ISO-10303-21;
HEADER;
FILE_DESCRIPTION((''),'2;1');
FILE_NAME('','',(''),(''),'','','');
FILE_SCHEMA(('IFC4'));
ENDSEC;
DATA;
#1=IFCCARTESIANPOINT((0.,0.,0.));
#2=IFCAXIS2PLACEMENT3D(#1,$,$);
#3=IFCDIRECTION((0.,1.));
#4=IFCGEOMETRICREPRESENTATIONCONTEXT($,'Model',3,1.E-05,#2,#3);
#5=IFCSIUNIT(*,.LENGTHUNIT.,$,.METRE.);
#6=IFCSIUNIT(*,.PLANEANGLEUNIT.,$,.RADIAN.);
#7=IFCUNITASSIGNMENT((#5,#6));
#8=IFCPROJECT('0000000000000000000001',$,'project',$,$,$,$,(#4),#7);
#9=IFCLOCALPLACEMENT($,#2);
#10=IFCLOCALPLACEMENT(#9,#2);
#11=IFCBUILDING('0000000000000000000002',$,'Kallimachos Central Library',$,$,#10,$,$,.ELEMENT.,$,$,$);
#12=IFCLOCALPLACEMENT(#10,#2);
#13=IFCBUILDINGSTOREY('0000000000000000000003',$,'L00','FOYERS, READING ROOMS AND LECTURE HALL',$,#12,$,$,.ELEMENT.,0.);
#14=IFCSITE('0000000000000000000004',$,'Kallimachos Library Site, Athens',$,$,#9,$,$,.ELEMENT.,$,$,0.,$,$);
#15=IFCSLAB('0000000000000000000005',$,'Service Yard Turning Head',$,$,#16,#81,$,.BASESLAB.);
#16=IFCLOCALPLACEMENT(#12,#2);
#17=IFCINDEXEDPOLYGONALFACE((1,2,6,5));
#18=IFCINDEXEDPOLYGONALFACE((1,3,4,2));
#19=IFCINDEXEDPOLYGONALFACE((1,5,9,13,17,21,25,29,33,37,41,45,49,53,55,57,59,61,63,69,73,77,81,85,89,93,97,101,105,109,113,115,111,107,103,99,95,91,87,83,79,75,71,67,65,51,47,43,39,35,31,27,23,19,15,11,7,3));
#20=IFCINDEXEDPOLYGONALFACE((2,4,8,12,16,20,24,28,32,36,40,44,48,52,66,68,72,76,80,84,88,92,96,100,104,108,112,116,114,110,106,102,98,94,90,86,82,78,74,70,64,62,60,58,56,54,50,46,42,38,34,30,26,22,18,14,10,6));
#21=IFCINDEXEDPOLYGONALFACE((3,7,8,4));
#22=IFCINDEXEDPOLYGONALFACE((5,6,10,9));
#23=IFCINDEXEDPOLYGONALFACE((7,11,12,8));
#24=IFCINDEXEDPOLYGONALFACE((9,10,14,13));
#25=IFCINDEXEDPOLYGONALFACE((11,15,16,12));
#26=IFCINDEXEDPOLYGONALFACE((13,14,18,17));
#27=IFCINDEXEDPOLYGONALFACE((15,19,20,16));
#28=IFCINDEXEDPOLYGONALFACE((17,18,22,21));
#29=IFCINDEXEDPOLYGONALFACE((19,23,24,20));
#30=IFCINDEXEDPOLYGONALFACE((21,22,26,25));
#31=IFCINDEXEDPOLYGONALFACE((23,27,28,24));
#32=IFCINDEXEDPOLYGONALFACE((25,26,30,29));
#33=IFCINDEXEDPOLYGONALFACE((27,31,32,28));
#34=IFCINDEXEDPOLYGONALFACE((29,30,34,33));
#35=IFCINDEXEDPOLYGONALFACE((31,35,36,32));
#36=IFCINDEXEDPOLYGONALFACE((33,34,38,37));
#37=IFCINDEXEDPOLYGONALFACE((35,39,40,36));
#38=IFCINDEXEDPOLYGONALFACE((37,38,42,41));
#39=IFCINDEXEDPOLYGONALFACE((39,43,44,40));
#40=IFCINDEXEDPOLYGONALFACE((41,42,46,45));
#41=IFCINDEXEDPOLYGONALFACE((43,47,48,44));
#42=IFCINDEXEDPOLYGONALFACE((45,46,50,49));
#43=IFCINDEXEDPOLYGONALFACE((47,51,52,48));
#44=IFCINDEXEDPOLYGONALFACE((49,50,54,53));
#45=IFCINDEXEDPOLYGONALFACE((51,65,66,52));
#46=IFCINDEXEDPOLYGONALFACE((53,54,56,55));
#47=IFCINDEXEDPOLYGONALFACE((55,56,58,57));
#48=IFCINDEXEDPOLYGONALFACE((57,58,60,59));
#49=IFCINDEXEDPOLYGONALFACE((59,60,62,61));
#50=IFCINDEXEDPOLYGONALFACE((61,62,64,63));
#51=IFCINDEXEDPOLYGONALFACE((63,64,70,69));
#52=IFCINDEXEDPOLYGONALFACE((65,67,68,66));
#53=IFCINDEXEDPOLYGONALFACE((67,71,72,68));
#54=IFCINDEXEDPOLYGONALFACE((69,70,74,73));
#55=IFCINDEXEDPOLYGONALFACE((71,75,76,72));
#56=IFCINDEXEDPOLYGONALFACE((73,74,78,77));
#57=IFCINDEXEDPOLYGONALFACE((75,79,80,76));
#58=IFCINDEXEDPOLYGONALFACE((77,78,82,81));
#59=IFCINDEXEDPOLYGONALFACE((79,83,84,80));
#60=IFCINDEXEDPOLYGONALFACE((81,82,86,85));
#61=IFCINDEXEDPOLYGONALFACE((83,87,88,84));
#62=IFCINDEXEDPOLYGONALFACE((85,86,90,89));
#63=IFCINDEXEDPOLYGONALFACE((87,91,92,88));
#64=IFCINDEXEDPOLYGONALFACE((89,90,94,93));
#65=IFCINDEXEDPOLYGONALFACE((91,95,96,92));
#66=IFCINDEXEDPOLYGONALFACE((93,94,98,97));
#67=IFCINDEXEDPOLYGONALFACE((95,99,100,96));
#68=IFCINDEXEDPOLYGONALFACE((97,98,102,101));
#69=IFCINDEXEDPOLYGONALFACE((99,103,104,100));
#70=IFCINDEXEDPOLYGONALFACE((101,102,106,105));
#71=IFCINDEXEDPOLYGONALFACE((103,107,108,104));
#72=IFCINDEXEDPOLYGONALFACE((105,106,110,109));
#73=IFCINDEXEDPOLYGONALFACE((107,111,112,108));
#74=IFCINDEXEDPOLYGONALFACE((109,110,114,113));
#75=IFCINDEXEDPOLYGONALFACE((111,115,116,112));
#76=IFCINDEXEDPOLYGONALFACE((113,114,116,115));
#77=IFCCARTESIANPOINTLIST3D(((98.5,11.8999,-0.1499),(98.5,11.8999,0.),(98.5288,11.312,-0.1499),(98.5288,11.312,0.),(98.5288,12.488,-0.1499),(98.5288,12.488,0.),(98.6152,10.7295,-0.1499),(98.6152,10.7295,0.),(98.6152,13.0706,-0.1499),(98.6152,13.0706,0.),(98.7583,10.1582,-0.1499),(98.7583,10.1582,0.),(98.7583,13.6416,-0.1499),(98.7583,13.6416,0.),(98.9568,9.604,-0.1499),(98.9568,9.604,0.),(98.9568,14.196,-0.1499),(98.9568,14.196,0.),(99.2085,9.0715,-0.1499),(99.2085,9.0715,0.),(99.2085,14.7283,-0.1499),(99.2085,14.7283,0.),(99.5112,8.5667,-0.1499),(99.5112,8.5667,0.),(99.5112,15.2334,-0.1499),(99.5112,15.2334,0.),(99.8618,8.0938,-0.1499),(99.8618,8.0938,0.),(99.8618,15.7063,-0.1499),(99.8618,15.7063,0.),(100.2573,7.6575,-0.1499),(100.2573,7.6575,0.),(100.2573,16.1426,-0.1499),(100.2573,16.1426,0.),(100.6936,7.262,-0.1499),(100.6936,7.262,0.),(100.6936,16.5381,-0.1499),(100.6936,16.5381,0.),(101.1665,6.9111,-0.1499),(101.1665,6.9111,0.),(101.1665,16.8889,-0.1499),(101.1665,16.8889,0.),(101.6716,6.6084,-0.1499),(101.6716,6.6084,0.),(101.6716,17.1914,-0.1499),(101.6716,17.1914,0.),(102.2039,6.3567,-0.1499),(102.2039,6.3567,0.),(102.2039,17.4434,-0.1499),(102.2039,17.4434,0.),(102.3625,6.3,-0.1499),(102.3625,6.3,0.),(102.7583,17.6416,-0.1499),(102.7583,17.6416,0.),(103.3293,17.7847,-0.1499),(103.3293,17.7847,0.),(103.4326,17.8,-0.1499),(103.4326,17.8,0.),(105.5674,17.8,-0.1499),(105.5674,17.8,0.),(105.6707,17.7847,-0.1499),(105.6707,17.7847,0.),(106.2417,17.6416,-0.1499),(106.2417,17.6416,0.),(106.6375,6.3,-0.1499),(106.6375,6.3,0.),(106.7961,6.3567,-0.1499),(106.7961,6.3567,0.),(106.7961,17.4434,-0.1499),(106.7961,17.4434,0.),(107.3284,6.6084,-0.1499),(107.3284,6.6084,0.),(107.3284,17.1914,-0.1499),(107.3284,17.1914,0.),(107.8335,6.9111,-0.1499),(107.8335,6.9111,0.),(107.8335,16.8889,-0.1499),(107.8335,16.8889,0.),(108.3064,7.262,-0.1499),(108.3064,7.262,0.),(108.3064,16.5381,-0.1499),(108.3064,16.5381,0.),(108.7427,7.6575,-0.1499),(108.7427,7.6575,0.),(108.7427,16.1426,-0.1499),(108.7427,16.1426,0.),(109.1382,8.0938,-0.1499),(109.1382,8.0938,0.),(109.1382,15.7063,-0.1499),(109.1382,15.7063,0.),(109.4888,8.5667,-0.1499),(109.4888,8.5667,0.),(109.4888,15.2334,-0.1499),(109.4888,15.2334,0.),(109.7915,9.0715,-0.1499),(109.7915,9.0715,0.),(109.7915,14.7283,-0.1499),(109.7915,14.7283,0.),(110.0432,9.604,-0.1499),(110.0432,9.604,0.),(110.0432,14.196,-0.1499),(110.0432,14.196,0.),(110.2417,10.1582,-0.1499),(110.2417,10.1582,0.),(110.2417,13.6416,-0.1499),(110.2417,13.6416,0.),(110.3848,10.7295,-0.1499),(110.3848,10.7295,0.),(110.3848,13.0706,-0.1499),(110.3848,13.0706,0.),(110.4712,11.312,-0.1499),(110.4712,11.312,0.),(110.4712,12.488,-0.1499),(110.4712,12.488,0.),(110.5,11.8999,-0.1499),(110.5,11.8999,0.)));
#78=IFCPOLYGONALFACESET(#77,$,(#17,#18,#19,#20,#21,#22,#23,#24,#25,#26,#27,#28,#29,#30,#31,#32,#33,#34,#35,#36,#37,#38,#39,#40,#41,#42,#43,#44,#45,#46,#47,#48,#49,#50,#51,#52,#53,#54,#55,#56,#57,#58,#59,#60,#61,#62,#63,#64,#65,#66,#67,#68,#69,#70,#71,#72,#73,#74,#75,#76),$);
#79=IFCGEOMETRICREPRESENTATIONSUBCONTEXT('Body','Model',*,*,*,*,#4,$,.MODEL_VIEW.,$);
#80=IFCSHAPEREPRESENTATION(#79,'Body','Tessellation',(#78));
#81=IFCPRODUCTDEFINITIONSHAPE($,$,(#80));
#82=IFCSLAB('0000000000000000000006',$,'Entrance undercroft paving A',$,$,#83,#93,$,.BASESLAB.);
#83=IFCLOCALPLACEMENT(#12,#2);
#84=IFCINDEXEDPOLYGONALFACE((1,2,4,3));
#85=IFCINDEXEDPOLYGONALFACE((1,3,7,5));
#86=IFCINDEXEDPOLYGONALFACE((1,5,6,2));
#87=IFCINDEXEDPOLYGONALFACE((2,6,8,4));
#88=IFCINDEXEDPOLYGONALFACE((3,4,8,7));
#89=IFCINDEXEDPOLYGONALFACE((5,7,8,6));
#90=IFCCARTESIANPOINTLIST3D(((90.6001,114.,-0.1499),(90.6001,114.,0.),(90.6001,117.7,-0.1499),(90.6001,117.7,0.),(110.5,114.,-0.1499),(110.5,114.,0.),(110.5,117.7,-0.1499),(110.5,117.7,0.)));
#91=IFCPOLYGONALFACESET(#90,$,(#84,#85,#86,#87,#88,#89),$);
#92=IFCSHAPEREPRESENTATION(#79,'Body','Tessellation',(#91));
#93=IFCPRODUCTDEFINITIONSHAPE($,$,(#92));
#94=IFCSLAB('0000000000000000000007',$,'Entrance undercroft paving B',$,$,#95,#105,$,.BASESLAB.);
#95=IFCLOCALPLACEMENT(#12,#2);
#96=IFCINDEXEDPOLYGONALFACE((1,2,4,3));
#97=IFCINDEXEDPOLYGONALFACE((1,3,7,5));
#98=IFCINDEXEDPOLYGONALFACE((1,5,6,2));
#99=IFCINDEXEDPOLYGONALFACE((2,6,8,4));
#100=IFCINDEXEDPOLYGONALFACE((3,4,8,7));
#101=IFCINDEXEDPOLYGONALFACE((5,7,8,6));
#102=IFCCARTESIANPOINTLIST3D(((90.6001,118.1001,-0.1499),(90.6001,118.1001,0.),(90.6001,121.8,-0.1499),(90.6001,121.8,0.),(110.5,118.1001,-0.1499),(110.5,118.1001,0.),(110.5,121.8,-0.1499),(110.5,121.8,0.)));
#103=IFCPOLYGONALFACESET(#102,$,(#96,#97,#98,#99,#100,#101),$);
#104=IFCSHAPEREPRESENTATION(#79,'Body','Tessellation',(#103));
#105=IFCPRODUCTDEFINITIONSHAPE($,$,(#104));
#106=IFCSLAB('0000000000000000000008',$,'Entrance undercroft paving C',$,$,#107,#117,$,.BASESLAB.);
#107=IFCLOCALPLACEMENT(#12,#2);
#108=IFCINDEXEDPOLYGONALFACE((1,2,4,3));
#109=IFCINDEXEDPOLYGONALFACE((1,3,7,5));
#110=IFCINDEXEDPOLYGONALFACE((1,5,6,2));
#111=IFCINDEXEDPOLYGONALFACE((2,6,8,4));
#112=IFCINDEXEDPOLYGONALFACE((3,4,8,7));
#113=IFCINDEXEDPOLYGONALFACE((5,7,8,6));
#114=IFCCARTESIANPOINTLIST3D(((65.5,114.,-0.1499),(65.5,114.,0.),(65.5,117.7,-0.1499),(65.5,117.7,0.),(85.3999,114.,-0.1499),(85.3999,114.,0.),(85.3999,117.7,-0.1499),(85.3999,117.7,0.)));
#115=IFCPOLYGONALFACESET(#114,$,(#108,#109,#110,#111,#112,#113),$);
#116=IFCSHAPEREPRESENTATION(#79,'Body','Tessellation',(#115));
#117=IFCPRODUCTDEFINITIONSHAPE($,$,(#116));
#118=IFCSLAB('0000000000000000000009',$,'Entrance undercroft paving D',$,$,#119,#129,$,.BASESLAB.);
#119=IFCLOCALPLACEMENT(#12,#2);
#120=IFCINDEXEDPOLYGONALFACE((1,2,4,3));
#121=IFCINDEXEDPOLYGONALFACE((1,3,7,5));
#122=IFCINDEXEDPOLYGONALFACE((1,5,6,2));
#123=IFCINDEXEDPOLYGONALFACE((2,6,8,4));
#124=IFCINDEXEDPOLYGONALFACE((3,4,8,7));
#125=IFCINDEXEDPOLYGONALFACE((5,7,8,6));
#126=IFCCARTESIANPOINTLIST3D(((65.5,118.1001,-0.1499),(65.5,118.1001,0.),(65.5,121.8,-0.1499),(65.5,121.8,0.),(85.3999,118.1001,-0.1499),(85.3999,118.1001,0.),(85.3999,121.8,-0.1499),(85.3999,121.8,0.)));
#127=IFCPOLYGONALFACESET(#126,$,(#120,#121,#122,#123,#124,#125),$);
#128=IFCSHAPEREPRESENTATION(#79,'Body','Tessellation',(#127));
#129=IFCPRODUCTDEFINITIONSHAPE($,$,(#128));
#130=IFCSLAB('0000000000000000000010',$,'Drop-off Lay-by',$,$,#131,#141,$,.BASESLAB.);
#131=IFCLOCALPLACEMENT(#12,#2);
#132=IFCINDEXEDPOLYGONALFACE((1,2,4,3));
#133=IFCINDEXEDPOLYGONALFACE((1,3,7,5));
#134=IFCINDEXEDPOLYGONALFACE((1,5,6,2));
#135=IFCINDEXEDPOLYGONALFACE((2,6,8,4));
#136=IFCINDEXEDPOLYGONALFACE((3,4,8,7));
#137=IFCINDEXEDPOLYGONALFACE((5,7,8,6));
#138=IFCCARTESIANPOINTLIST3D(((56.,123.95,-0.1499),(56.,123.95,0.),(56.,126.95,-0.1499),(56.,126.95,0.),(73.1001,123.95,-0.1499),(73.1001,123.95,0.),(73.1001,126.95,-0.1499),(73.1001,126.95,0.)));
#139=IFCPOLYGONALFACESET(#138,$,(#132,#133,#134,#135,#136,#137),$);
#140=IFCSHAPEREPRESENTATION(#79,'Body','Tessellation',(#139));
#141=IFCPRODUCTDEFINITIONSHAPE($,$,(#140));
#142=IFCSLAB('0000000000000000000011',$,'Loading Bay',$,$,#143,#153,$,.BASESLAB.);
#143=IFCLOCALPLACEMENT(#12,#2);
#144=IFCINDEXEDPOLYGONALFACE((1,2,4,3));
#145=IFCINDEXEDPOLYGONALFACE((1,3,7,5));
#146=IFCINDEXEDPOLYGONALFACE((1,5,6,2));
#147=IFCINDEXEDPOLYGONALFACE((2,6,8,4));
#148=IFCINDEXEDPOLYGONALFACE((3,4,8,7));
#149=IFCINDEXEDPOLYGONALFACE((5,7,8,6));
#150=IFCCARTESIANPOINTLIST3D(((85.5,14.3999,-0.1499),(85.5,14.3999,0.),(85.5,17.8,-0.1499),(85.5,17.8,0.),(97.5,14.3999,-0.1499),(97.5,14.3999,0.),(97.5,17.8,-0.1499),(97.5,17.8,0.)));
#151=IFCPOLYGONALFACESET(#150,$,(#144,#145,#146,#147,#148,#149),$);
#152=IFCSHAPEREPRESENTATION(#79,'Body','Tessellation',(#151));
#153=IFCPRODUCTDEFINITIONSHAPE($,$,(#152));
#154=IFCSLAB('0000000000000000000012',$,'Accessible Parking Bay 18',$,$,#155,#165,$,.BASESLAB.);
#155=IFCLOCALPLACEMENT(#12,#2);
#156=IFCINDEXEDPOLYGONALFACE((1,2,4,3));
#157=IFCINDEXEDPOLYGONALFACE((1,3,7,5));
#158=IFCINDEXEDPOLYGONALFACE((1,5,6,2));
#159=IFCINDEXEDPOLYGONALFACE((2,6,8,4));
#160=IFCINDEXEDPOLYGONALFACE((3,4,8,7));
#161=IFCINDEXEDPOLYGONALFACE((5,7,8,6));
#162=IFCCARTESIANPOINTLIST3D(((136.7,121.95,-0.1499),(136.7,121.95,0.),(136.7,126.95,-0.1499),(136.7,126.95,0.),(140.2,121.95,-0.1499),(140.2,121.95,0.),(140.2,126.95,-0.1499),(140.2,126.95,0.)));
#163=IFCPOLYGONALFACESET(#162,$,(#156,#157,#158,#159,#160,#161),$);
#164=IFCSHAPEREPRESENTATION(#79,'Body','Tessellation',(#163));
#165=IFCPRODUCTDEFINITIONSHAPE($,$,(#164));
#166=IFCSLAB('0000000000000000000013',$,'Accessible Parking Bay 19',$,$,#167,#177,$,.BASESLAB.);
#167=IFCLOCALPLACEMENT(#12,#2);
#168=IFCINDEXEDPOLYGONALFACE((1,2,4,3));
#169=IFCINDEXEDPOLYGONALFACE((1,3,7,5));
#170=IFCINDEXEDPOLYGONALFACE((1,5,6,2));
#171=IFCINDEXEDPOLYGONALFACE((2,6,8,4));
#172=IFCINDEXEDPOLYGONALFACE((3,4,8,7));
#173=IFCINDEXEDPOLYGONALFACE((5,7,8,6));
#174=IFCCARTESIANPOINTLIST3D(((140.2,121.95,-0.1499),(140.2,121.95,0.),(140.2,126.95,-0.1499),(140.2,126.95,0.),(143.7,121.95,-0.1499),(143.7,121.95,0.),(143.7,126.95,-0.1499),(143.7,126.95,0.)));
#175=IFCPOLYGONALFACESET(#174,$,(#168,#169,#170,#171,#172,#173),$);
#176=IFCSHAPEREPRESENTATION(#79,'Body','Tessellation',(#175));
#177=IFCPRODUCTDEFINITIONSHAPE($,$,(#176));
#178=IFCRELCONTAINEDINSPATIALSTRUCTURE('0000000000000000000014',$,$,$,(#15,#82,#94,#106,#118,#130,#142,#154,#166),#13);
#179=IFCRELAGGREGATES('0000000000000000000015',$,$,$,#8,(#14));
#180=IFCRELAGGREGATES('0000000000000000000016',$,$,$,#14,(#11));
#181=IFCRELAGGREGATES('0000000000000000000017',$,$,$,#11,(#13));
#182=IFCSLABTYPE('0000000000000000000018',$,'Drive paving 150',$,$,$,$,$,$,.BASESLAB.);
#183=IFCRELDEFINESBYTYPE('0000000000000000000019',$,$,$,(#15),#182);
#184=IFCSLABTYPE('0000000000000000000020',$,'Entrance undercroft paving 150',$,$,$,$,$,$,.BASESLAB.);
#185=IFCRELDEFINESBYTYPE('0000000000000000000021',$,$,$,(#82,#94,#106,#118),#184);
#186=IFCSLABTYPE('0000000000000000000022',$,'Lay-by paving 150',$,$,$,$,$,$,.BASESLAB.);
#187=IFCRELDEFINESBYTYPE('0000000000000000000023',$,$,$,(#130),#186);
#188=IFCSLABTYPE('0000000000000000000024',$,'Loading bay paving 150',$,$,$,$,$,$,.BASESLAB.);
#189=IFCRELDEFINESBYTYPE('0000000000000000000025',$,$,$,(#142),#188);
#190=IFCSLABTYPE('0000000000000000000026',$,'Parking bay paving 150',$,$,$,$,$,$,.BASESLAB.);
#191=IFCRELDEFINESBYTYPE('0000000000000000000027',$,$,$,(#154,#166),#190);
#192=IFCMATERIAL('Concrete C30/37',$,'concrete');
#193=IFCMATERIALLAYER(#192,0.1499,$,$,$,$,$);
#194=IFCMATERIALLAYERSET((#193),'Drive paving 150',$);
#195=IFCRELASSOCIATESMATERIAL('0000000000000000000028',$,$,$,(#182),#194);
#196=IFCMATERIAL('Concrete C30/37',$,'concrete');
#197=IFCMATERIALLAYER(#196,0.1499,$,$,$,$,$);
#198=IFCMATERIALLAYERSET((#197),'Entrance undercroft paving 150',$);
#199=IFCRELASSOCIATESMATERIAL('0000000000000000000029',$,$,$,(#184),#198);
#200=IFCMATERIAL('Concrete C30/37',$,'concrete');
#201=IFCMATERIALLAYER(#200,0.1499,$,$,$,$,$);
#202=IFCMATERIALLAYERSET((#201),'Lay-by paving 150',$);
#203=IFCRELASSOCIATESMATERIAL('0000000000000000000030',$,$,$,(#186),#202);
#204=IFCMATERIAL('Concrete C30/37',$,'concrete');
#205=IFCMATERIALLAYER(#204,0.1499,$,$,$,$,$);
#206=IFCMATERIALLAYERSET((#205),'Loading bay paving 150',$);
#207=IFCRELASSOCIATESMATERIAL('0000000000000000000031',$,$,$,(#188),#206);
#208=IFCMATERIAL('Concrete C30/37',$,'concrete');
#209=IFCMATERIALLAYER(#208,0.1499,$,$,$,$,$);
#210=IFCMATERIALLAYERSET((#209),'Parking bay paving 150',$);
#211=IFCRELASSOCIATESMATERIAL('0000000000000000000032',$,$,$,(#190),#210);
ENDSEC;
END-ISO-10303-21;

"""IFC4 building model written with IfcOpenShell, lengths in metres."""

from ifc_helpers import new_model, si_unit, direction, frame, origin, place, context, subcontext, project, spatial, polyline, outline, extrude, material, layer, layer_set, type_object, element, save


model = new_model("IFC4")

# Units and contexts
model_context = context("Model", 3, precision=1e-05, world=origin(), true_north=direction((0.0, 1.0)))
body_context = subcontext(model_context, "Body", "Model", "MODEL_VIEW")
ifc_project = project(units=[si_unit("LENGTHUNIT", "METRE"), si_unit("PLANEANGLEUNIT", "RADIAN")], contexts=[model_context])

# Site, building, storey
site_placement = place(None, origin())
site = spatial("IfcSite", under=ifc_project, at=site_placement, Name="Kallimachos Library Site, Athens", CompositionType="ELEMENT", RefElevation=0.0)
building_placement = place(site_placement, origin())
building = spatial("IfcBuilding", under=site, at=building_placement, Name="Kallimachos Central Library", CompositionType="ELEMENT")
storey_placement = place(building_placement, origin())
storey = spatial("IfcBuildingStorey", under=building, at=storey_placement, Name="L00", Description="FOYERS, READING ROOMS AND LECTURE HALL", CompositionType="ELEMENT", Elevation=0.0)

# Slabs
ifc_material_1 = material(Name="Concrete C30/37", Category="concrete")
ifc_layer_1 = layer(ifc_material_1, 0.1499)
ifc_layer_set_1 = layer_set([ifc_layer_1], Name="Drive paving 150")
slab_type_1 = type_object("IfcSlabType", Name="Drive paving 150", PredefinedType="BASESLAB", material=ifc_layer_set_1)
slab_1_placement = place(storey_placement, frame((0.0, 0.0, -0.1499)))
element("IfcSlab", 1, at=slab_1_placement, inside=storey, type_object=slab_type_1, Name="Service Yard Turning Head", PredefinedType="BASESLAB", context=body_context, shape_type="SweptSolid", body=[
    extrude(outline(polyline([(110.4712, 11.312), (110.3848, 10.7295), (110.2417, 10.1582), (110.0432, 9.604), (109.7915, 9.0715), (109.4888, 8.5667), (109.1382, 8.0938), (108.7427, 7.6575), (108.3064, 7.262), (107.8335, 6.9111), (107.3284, 6.6084), (106.7961, 6.3567), (106.6375, 6.3), (102.3625, 6.3), (102.2039, 6.3567), (101.6716, 6.6084), (101.1665, 6.9111), (100.6936, 7.262), (100.2573, 7.6575), (99.8618, 8.0938), (99.5112, 8.5667), (99.2085, 9.0715), (98.9568, 9.604), (98.7583, 10.1582), (98.6152, 10.7295), (98.5288, 11.312), (98.5, 11.8999), (98.5288, 12.488), (98.6152, 13.0706), (98.7583, 13.6416), (98.9568, 14.196), (99.2085, 14.7283), (99.5112, 15.2334), (99.8618, 15.7063), (100.2573, 16.1426), (100.6936, 16.5381), (101.1665, 16.8889), (101.6716, 17.1914), (102.2039, 17.4434), (102.7583, 17.6416), (103.3293, 17.7847), (103.4326, 17.8), (105.5674, 17.8), (105.6707, 17.7847), (106.2417, 17.6416), (106.7961, 17.4434), (107.3284, 17.1914), (107.8335, 16.8889), (108.3064, 16.5381), (108.7427, 16.1426), (109.1382, 15.7063), (109.4888, 15.2334), (109.7915, 14.7283), (110.0432, 14.196), (110.2417, 13.6416), (110.3848, 13.0706), (110.4712, 12.488), (110.5, 11.8999), (110.4712, 11.312)])), origin(), (0.0, 0.0, 1.0), 0.1499),
])
ifc_material_2 = material(Name="Concrete C30/37", Category="concrete")
ifc_layer_2 = layer(ifc_material_2, 0.1499)
ifc_layer_set_2 = layer_set([ifc_layer_2], Name="Entrance undercroft paving 150")
slab_type_2 = type_object("IfcSlabType", Name="Entrance undercroft paving 150", PredefinedType="BASESLAB", material=ifc_layer_set_2)
slab_2_placement = place(storey_placement, frame((0.0, 0.0, -0.1499)))
element("IfcSlab", 2, at=slab_2_placement, inside=storey, type_object=slab_type_2, Name="Entrance undercroft paving A", PredefinedType="BASESLAB", context=body_context, shape_type="SweptSolid", body=[
    extrude(outline(polyline([(90.6001, 114.0), (90.6001, 117.7), (110.5, 117.7), (110.5, 114.0), (90.6001, 114.0)])), origin(), (0.0, 0.0, 1.0), 0.1499),
])
slab_3_placement = place(storey_placement, frame((0.0, 0.0, -0.1499)))
element("IfcSlab", 3, at=slab_3_placement, inside=storey, type_object=slab_type_2, Name="Entrance undercroft paving B", PredefinedType="BASESLAB", context=body_context, shape_type="SweptSolid", body=[
    extrude(outline(polyline([(110.5, 121.8), (110.5, 118.1001), (90.6001, 118.1001), (90.6001, 121.8), (110.5, 121.8)])), origin(), (0.0, 0.0, 1.0), 0.1499),
])
slab_4_placement = place(storey_placement, frame((0.0, 0.0, -0.1499)))
element("IfcSlab", 4, at=slab_4_placement, inside=storey, type_object=slab_type_2, Name="Entrance undercroft paving C", PredefinedType="BASESLAB", context=body_context, shape_type="SweptSolid", body=[
    extrude(outline(polyline([(65.5, 114.0), (65.5, 117.7), (85.3999, 117.7), (85.3999, 114.0), (65.5, 114.0)])), origin(), (0.0, 0.0, 1.0), 0.1499),
])
slab_5_placement = place(storey_placement, frame((0.0, 0.0, -0.1499)))
element("IfcSlab", 5, at=slab_5_placement, inside=storey, type_object=slab_type_2, Name="Entrance undercroft paving D", PredefinedType="BASESLAB", context=body_context, shape_type="SweptSolid", body=[
    extrude(outline(polyline([(65.5, 121.8), (85.3999, 121.8), (85.3999, 118.1001), (65.5, 118.1001), (65.5, 121.8)])), origin(), (0.0, 0.0, 1.0), 0.1499),
])
ifc_material_3 = material(Name="Concrete C30/37", Category="concrete")
ifc_layer_3 = layer(ifc_material_3, 0.1499)
ifc_layer_set_3 = layer_set([ifc_layer_3], Name="Lay-by paving 150")
slab_type_3 = type_object("IfcSlabType", Name="Lay-by paving 150", PredefinedType="BASESLAB", material=ifc_layer_set_3)
slab_6_placement = place(storey_placement, frame((0.0, 0.0, -0.1499)))
element("IfcSlab", 6, at=slab_6_placement, inside=storey, type_object=slab_type_3, Name="Drop-off Lay-by", PredefinedType="BASESLAB", context=body_context, shape_type="SweptSolid", body=[
    extrude(outline(polyline([(56.0, 123.95), (56.0, 126.95), (73.1001, 126.95), (73.1001, 123.95), (56.0, 123.95)])), origin(), (0.0, 0.0, 1.0), 0.1499),
])
ifc_material_4 = material(Name="Concrete C30/37", Category="concrete")
ifc_layer_4 = layer(ifc_material_4, 0.1499)
ifc_layer_set_4 = layer_set([ifc_layer_4], Name="Loading bay paving 150")
slab_type_4 = type_object("IfcSlabType", Name="Loading bay paving 150", PredefinedType="BASESLAB", material=ifc_layer_set_4)
slab_7_placement = place(storey_placement, frame((0.0, 0.0, -0.1499)))
element("IfcSlab", 7, at=slab_7_placement, inside=storey, type_object=slab_type_4, Name="Loading Bay", PredefinedType="BASESLAB", context=body_context, shape_type="SweptSolid", body=[
    extrude(outline(polyline([(97.5, 14.3999), (85.5, 14.3999), (85.5, 17.8), (97.5, 17.8), (97.5, 14.3999)])), origin(), (0.0, 0.0, 1.0), 0.1499),
])
ifc_material_5 = material(Name="Concrete C30/37", Category="concrete")
ifc_layer_5 = layer(ifc_material_5, 0.1499)
ifc_layer_set_5 = layer_set([ifc_layer_5], Name="Parking bay paving 150")
slab_type_5 = type_object("IfcSlabType", Name="Parking bay paving 150", PredefinedType="BASESLAB", material=ifc_layer_set_5)
slab_8_placement = place(storey_placement, frame((0.0, 0.0, -0.1499)))
element("IfcSlab", 8, at=slab_8_placement, inside=storey, type_object=slab_type_5, Name="Accessible Parking Bay 18", PredefinedType="BASESLAB", context=body_context, shape_type="SweptSolid", body=[
    extrude(outline(polyline([(140.2, 126.95), (140.2, 121.95), (136.7, 121.95), (136.7, 126.95), (140.2, 126.95)])), origin(), (0.0, 0.0, 1.0), 0.1499),
])
slab_9_placement = place(storey_placement, frame((0.0, 0.0, -0.1499)))
element("IfcSlab", 9, at=slab_9_placement, inside=storey, type_object=slab_type_5, Name="Accessible Parking Bay 19", PredefinedType="BASESLAB", context=body_context, shape_type="SweptSolid", body=[
    extrude(outline(polyline([(143.7, 126.95), (143.7, 121.95), (140.2, 121.95), (140.2, 126.95), (143.7, 126.95)])), origin(), (0.0, 0.0, 1.0), 0.1499),
])

save(model, "model.ifc")
